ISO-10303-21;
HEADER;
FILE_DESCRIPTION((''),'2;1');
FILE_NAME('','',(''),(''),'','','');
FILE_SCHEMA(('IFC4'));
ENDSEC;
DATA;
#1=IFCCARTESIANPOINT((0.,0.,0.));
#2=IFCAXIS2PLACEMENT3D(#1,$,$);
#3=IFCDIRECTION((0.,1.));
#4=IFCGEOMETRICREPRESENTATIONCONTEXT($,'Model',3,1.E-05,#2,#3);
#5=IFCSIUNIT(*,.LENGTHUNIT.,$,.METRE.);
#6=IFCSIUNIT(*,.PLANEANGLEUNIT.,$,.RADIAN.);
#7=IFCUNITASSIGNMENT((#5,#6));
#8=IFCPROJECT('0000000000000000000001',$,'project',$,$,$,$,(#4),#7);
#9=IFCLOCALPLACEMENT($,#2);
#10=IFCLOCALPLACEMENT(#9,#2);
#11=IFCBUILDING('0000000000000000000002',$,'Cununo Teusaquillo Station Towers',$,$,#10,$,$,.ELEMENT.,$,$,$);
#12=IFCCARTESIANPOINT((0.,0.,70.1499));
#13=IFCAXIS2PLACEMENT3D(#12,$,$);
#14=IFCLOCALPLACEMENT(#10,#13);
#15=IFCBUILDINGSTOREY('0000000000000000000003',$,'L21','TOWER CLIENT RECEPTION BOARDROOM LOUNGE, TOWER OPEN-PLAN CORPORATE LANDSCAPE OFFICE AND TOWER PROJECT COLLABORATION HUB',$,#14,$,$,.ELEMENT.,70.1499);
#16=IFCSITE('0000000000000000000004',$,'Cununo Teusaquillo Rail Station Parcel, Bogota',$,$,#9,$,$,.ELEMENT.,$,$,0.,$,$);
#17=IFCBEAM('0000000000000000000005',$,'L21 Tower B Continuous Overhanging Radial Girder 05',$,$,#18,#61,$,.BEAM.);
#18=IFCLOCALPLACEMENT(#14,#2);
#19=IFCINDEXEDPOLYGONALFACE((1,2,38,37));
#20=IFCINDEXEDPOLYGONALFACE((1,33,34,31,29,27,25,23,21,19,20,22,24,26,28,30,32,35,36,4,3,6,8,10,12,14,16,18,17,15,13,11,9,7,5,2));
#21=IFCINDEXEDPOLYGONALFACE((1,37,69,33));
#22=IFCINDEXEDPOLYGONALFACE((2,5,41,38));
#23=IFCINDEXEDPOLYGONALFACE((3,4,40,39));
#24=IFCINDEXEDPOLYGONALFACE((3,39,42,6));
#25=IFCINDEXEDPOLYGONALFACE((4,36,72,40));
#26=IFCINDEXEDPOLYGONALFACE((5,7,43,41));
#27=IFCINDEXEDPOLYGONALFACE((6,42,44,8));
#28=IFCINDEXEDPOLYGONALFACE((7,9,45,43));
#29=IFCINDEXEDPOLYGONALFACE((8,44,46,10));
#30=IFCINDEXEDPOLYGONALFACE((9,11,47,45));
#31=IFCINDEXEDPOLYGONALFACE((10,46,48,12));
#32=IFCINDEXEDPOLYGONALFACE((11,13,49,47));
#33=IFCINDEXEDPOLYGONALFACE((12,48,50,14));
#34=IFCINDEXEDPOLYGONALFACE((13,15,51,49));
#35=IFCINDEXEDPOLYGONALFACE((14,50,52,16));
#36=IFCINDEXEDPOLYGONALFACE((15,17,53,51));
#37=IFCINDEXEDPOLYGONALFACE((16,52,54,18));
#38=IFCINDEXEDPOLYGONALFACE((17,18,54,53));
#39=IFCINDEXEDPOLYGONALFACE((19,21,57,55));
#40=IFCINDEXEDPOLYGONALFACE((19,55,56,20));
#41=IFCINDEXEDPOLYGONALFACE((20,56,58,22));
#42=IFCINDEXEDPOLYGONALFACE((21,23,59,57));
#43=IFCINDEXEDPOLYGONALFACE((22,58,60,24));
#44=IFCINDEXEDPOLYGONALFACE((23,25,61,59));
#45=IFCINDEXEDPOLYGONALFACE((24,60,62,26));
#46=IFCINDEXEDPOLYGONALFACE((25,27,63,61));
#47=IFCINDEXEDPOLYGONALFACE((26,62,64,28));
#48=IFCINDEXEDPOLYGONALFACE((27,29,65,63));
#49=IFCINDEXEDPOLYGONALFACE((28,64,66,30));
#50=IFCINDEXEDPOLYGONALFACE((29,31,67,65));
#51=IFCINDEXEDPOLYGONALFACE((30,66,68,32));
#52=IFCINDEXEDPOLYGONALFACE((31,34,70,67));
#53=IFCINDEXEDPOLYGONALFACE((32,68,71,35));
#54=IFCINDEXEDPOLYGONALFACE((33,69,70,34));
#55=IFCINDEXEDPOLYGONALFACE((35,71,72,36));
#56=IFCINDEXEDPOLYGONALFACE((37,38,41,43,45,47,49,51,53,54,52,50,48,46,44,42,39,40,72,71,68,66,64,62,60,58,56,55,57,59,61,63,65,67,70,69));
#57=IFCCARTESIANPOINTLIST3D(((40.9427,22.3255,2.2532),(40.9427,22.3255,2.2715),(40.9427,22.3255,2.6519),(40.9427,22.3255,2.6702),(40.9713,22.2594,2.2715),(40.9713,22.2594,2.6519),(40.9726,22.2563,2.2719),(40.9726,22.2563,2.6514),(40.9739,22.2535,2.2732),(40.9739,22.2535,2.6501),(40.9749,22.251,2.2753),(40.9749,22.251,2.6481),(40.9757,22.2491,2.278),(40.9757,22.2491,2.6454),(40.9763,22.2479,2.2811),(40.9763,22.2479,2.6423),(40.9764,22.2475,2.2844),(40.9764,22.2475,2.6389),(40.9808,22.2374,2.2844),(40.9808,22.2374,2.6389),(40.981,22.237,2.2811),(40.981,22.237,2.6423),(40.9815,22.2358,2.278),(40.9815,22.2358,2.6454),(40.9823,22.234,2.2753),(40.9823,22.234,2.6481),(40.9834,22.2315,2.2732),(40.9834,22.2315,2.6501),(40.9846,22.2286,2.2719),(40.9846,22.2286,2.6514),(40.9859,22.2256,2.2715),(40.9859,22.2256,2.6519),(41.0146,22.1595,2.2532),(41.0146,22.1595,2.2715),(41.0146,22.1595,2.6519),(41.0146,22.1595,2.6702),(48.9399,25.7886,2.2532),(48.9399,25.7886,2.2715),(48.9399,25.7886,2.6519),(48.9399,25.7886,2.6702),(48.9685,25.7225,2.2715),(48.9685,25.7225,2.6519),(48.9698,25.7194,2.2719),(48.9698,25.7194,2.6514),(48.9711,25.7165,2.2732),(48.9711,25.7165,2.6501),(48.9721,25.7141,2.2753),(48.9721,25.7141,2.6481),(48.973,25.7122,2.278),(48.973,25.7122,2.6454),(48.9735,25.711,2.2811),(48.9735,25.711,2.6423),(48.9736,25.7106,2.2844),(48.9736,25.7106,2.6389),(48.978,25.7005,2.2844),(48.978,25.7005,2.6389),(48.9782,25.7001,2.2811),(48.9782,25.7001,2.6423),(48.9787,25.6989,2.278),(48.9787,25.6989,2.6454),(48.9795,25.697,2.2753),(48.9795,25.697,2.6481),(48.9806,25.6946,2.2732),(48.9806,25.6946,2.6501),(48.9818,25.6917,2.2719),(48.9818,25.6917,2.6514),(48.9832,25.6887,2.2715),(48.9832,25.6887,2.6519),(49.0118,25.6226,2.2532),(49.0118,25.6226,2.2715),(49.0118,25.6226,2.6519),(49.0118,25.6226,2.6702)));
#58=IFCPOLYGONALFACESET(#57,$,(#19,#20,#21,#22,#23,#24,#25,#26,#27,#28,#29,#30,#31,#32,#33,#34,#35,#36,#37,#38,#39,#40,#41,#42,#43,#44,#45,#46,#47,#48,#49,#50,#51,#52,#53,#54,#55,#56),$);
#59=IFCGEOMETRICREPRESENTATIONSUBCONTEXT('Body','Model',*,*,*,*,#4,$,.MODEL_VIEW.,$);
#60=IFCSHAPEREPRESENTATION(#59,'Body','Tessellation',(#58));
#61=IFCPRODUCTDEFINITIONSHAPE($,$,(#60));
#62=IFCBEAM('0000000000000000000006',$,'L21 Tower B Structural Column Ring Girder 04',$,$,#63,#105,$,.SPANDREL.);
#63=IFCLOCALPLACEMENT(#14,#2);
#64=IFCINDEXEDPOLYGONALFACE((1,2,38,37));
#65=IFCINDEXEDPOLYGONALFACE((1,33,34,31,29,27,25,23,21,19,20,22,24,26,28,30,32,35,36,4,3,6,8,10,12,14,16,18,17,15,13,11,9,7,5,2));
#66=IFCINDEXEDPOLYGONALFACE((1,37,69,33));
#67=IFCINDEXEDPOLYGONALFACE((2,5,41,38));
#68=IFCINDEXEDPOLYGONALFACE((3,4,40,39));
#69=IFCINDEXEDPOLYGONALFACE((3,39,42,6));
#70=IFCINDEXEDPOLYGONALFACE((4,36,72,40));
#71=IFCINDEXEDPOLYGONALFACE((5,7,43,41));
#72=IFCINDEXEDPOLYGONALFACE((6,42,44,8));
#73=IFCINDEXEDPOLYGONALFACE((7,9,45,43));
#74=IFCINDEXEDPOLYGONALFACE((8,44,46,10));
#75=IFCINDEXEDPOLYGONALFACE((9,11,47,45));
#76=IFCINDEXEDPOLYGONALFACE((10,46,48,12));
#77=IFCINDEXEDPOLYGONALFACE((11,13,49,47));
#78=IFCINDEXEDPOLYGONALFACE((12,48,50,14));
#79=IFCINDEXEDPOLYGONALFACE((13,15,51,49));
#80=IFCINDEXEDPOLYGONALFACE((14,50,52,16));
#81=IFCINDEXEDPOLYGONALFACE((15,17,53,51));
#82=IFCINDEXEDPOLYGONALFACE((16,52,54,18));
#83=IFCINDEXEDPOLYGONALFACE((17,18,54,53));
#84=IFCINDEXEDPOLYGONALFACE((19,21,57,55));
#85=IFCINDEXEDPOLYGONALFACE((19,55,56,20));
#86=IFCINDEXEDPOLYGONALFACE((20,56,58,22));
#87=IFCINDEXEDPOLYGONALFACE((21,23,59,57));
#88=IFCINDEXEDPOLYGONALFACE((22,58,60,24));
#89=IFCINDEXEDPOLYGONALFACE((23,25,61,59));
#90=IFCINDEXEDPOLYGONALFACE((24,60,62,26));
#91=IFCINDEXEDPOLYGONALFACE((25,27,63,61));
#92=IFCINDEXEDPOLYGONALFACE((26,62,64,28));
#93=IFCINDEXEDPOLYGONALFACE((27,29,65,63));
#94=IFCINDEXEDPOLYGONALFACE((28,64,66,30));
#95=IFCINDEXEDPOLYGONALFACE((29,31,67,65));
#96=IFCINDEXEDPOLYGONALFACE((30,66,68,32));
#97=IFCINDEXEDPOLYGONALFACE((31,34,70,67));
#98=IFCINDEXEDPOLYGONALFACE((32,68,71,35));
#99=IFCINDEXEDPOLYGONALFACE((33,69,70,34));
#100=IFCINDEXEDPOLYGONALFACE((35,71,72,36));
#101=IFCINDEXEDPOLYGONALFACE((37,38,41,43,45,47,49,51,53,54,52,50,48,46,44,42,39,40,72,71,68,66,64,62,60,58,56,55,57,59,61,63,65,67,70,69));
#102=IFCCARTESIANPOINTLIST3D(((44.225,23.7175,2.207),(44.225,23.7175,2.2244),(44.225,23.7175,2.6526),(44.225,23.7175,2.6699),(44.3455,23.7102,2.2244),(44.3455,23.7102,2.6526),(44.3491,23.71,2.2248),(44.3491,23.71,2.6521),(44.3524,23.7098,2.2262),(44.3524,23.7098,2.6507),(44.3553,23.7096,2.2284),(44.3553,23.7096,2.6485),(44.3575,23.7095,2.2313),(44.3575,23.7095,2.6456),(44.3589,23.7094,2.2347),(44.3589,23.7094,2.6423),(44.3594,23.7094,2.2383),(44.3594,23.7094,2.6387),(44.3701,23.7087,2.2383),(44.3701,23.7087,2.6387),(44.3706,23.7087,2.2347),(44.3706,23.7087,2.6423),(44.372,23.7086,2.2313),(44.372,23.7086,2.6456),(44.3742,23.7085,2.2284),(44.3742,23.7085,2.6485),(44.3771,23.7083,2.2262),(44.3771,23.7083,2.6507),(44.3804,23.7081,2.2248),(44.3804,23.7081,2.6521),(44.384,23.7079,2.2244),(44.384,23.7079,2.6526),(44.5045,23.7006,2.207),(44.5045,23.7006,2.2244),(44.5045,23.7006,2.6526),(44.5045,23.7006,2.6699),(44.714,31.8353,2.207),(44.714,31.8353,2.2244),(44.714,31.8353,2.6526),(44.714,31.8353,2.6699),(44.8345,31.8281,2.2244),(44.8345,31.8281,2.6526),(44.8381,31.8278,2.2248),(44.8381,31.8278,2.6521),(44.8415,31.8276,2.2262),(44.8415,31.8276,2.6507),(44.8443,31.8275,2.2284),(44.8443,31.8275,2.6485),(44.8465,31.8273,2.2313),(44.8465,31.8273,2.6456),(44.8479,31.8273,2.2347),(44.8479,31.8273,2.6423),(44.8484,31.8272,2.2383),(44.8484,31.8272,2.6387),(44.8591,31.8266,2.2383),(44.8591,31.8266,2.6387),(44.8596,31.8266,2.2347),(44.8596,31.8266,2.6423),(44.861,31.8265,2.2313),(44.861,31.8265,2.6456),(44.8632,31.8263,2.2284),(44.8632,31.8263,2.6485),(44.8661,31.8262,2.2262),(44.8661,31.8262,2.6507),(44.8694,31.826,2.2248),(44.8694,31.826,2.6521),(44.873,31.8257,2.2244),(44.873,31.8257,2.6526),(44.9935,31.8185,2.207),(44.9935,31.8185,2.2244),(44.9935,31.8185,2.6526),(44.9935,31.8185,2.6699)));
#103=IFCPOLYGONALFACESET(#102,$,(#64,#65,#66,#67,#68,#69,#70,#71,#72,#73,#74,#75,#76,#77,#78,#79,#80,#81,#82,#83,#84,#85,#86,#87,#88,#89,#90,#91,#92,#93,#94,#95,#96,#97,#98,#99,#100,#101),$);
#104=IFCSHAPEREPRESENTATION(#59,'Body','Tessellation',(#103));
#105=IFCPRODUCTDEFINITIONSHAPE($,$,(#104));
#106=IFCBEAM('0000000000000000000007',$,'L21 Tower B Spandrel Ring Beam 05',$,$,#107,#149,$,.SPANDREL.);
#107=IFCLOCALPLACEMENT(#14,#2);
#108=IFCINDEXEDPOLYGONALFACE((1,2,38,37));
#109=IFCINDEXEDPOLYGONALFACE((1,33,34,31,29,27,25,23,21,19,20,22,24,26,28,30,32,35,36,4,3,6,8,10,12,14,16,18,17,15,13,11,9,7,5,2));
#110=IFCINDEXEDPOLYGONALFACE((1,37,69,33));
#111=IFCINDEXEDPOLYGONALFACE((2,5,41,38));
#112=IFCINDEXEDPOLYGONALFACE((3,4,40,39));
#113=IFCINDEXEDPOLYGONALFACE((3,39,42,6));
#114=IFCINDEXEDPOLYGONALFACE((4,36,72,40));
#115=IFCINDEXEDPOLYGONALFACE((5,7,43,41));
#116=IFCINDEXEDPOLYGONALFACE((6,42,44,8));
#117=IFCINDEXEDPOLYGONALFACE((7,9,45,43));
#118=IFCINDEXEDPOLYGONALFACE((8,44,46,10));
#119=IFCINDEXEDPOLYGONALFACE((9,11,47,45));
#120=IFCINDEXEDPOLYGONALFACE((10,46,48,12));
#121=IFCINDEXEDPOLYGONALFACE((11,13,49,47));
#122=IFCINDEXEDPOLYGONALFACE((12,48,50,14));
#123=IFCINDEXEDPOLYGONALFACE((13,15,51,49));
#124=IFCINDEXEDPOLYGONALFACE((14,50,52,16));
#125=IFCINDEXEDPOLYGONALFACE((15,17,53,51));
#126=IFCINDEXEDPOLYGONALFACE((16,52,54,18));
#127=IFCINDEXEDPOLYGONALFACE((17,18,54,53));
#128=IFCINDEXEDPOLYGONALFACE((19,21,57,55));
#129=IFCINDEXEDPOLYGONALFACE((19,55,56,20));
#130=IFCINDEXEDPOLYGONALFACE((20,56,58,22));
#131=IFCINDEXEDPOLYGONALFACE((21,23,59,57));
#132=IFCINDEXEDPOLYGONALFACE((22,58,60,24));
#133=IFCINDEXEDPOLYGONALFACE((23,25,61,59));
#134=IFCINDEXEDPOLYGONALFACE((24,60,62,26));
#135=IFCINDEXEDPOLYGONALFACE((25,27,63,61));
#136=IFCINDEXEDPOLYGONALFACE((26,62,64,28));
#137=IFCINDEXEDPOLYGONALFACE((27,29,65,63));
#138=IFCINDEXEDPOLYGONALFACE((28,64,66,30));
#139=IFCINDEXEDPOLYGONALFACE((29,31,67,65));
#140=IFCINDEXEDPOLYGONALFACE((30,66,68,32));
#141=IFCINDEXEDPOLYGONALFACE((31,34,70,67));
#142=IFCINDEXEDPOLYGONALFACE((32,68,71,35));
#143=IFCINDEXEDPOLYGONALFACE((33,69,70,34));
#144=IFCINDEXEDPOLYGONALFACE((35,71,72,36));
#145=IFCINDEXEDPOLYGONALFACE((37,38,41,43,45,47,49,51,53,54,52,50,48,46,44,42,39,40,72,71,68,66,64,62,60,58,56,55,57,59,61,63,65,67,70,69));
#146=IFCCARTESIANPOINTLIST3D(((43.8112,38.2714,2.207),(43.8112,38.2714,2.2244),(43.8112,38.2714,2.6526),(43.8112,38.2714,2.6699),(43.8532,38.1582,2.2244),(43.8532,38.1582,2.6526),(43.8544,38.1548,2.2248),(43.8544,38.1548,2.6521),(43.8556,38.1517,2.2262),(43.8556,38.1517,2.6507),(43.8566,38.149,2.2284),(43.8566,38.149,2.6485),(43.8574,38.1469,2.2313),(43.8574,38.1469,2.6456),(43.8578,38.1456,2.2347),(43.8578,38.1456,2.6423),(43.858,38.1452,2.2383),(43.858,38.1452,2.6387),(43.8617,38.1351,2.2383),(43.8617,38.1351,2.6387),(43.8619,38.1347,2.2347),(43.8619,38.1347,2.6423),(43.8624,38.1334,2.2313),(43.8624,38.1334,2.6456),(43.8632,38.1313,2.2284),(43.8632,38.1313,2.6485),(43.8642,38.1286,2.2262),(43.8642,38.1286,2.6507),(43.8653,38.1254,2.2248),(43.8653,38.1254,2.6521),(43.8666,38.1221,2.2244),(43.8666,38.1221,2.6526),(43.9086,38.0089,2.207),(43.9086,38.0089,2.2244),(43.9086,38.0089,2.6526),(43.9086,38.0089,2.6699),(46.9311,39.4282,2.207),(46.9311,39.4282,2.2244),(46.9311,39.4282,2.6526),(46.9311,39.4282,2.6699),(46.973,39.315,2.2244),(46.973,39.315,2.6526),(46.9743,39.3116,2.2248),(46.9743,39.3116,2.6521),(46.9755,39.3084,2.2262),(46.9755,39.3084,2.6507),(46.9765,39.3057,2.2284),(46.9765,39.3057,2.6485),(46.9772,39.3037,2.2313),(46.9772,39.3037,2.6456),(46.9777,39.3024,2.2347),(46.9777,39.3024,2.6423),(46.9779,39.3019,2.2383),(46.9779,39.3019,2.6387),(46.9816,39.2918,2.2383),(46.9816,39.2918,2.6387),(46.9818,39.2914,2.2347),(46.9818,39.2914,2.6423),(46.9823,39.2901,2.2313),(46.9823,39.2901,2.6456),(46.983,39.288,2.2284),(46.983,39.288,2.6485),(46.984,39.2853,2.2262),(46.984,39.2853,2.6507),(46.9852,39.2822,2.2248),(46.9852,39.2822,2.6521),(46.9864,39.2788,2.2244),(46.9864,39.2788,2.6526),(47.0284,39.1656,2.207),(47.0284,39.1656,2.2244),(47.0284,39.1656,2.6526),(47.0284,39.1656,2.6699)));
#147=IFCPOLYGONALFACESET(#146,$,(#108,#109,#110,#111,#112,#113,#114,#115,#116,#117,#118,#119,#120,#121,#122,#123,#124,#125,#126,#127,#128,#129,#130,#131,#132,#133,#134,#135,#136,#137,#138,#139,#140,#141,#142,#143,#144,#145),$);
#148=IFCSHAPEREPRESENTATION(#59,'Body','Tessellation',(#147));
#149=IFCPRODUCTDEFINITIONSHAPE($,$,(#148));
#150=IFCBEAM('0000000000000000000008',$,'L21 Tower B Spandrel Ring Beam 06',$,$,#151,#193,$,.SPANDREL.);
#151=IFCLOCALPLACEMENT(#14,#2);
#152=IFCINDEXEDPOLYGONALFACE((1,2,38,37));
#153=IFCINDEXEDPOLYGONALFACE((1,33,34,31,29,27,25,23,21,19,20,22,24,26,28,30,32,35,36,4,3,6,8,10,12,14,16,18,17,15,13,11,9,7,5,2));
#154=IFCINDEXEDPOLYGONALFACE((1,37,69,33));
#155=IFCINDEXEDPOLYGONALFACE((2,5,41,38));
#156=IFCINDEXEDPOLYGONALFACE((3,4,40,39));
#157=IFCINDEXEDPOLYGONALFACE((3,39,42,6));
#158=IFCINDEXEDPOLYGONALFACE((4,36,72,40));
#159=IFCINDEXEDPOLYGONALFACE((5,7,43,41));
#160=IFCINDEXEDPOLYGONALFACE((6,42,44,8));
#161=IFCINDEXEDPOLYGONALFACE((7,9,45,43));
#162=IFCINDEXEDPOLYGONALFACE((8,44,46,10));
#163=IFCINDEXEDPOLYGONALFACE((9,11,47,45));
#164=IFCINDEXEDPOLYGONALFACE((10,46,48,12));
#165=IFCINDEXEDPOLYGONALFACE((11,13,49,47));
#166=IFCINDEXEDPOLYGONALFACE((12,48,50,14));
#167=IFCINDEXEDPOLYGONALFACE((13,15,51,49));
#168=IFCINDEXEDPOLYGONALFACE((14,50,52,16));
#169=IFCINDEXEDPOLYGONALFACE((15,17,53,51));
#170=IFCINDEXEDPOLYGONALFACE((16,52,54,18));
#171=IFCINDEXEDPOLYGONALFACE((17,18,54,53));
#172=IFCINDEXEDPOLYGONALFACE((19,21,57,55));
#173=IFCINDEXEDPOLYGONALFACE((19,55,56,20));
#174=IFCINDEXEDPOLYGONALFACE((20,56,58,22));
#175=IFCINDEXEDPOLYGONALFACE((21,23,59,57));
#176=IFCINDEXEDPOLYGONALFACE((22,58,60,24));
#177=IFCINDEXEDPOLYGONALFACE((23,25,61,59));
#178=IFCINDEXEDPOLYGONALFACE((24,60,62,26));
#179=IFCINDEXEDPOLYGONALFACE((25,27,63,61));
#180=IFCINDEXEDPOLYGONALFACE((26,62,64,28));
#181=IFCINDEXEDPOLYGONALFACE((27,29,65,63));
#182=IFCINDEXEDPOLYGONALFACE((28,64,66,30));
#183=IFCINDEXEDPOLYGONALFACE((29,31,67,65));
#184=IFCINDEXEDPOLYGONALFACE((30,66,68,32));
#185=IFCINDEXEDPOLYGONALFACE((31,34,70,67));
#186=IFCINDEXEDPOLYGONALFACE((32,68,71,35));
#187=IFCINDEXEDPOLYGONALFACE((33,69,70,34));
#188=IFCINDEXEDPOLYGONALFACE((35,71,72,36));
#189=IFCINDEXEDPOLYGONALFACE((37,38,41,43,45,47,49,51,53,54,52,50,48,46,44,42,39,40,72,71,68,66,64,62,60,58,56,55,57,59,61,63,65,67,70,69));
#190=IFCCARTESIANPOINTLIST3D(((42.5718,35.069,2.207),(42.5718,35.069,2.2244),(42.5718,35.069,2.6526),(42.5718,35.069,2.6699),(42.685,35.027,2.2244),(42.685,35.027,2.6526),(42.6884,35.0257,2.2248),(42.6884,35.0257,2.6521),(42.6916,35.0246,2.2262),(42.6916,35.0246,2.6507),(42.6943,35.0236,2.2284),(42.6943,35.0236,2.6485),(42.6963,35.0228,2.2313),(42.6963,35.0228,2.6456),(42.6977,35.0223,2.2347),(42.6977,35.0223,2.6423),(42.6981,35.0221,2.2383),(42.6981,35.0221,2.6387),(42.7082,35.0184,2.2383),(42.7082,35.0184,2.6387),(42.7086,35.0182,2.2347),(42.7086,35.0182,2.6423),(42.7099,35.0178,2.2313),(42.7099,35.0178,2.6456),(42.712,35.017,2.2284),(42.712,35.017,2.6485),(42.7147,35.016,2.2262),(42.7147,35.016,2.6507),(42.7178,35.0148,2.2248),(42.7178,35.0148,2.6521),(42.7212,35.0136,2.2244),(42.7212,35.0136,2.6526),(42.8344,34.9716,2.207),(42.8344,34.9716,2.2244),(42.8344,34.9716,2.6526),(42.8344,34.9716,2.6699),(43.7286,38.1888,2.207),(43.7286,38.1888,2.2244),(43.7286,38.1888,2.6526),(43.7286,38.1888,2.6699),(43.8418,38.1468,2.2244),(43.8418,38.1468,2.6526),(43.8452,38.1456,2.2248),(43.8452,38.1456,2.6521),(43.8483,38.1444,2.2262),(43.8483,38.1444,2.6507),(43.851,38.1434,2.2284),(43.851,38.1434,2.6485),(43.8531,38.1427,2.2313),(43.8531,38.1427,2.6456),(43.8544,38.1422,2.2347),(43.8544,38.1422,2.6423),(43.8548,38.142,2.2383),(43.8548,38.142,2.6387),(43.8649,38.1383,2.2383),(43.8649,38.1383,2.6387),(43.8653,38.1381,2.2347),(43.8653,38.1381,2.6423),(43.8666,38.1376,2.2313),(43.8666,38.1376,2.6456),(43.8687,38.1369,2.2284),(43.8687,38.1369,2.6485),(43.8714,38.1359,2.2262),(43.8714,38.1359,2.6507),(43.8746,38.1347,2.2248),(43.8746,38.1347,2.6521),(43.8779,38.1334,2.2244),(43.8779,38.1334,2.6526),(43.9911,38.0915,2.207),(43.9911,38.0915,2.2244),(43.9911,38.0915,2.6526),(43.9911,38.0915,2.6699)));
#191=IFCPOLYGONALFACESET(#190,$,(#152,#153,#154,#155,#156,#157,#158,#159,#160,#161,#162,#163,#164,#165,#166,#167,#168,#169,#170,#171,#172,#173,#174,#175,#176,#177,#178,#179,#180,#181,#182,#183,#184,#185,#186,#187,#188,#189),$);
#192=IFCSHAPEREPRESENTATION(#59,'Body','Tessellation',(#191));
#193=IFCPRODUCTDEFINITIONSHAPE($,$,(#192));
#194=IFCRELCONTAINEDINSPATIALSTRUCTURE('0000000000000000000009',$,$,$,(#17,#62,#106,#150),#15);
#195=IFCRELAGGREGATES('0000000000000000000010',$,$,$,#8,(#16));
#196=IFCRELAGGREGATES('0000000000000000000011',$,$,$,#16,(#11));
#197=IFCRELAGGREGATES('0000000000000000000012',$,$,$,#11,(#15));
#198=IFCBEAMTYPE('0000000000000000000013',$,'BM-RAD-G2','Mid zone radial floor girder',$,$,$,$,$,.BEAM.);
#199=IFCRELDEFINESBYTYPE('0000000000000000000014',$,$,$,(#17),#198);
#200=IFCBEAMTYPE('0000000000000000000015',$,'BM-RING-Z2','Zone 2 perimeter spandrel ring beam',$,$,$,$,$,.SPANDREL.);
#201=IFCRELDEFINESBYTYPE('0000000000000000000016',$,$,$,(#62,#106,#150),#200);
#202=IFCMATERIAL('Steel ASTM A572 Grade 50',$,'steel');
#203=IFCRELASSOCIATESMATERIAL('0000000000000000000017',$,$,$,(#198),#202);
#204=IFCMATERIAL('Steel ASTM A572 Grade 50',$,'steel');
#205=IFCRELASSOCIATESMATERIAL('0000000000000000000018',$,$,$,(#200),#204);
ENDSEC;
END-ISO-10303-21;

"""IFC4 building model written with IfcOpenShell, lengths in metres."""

from ifc_helpers import new_model, si_unit, direction, frame, origin, origin_2d, place, context, subcontext, project, spatial, i_section, extrude, material, material_profile, profile_set, type_object, element, save


model = new_model("IFC4")

# Units and contexts
model_context = context("Model", 3, precision=1e-05, world=origin(), true_north=direction((0.0, 1.0)))
body_context = subcontext(model_context, "Body", "Model", "MODEL_VIEW")
ifc_project = project(units=[si_unit("LENGTHUNIT", "METRE"), si_unit("PLANEANGLEUNIT", "RADIAN")], contexts=[model_context])

# Site, building, storey
site_placement = place(None, origin())
site = spatial("IfcSite", under=ifc_project, at=site_placement, Name="Cununo Teusaquillo Rail Station Parcel, Bogota", CompositionType="ELEMENT", RefElevation=0.0)
building_placement = place(site_placement, origin())
building = spatial("IfcBuilding", under=site, at=building_placement, Name="Cununo Teusaquillo Station Towers", CompositionType="ELEMENT")
storey_placement = place(building_placement, frame((0.0, 0.0, 70.1499)))
storey = spatial("IfcBuildingStorey", under=building, at=storey_placement, Name="L21", Description="TOWER CLIENT RECEPTION BOARDROOM LOUNGE, TOWER OPEN-PLAN CORPORATE LANDSCAPE OFFICE AND TOWER PROJECT COLLABORATION HUB", CompositionType="ELEMENT", Elevation=70.1499)

# Beams
ifc_material_1 = material(Name="Steel ASTM A572 Grade 50", Category="steel")
ifc_material_profile_1 = material_profile(ifc_material_1, i_section(OverallWidth=0.1809, OverallDepth=0.417, WebThickness=0.011, FlangeThickness=0.0183, FilletRadius=0.0129, at=origin_2d()), Name="W16X57")
ifc_profile_set_1 = profile_set([ifc_material_profile_1], Name="Steel ASTM A572 Grade 50")
beam_type_1 = type_object("IfcBeamType", Name="BM-RAD-G2", Description="Mid zone radial floor girder", PredefinedType="BEAM", material=ifc_profile_set_1)
beam_1_placement = place(storey_placement, frame((48.9758, 25.7056, 2.4617), z_axis=(-0.917655, -0.397379, 0.0), x_axis=(0.397379, -0.917655, 0.0)))
element("IfcBeam", 1, at=beam_1_placement, inside=storey, type_object=beam_type_1, Name="L21 Tower B Continuous Overhanging Radial Girder 05", PredefinedType="BEAM", context=body_context, shape_type="SweptSolid", body=[
    extrude(i_section(OverallWidth=0.1809, OverallDepth=0.417, WebThickness=0.011, FlangeThickness=0.0183, FilletRadius=0.0129, at=origin_2d()), origin(), (0.0, 0.0, 1.0), 8.7148),
])
ifc_material_2 = material(Name="Steel ASTM A572 Grade 50", Category="steel")
ifc_material_profile_2 = material_profile(ifc_material_2, i_section(OverallWidth=0.28, OverallDepth=0.4629, WebThickness=0.0107, FlangeThickness=0.0173, FilletRadius=0.0139, at=origin_2d()), Name="W18X76")
ifc_profile_set_2 = profile_set([ifc_material_profile_2], Name="Steel ASTM A572 Grade 50")
beam_type_2 = type_object("IfcBeamType", Name="BM-RING-Z2", Description="Zone 2 perimeter spandrel ring beam", PredefinedType="SPANDREL", material=ifc_profile_set_2)
beam_2_placement = place(storey_placement, frame((44.8538, 31.8269, 2.4385), z_axis=(-0.06013, -0.998191, 0.0), x_axis=(0.998191, -0.06013, 0.0)))
element("IfcBeam", 2, at=beam_2_placement, inside=storey, type_object=beam_type_2, Name="L21 Tower B Structural Column Ring Girder 04", PredefinedType="SPANDREL", context=body_context, shape_type="SweptSolid", body=[
    extrude(i_section(OverallWidth=0.28, OverallDepth=0.4629, WebThickness=0.0107, FlangeThickness=0.0173, FilletRadius=0.0139, at=origin_2d()), origin(), (0.0, 0.0, 1.0), 8.1326),
])
for number, where, z_axis, x_axis, name in (
    (3, (46.9797, 39.2969, 2.4385), (-0.937628, -0.347639, 0.0), (0.347639, -0.937628, 0.0), "L21 Tower B Spandrel Ring Beam 05"),
    (4, (43.8599, 38.1401, 2.4385), (-0.347639, -0.937628, 0.0), (0.937628, -0.347639, 0.0), "L21 Tower B Spandrel Ring Beam 06"),
):
    element("IfcBeam", number, at=place(storey_placement, frame(where, z_axis=z_axis, x_axis=x_axis)), inside=storey, type_object=beam_type_2, Name=name, PredefinedType="SPANDREL", context=body_context, shape_type="SweptSolid", body=[
        extrude(i_section(OverallWidth=0.28, OverallDepth=0.4629, WebThickness=0.0107, FlangeThickness=0.0173, FilletRadius=0.0139, at=origin_2d()), origin(), (0.0, 0.0, 1.0), 3.3274),
    ])

save(model, "model.ifc")
